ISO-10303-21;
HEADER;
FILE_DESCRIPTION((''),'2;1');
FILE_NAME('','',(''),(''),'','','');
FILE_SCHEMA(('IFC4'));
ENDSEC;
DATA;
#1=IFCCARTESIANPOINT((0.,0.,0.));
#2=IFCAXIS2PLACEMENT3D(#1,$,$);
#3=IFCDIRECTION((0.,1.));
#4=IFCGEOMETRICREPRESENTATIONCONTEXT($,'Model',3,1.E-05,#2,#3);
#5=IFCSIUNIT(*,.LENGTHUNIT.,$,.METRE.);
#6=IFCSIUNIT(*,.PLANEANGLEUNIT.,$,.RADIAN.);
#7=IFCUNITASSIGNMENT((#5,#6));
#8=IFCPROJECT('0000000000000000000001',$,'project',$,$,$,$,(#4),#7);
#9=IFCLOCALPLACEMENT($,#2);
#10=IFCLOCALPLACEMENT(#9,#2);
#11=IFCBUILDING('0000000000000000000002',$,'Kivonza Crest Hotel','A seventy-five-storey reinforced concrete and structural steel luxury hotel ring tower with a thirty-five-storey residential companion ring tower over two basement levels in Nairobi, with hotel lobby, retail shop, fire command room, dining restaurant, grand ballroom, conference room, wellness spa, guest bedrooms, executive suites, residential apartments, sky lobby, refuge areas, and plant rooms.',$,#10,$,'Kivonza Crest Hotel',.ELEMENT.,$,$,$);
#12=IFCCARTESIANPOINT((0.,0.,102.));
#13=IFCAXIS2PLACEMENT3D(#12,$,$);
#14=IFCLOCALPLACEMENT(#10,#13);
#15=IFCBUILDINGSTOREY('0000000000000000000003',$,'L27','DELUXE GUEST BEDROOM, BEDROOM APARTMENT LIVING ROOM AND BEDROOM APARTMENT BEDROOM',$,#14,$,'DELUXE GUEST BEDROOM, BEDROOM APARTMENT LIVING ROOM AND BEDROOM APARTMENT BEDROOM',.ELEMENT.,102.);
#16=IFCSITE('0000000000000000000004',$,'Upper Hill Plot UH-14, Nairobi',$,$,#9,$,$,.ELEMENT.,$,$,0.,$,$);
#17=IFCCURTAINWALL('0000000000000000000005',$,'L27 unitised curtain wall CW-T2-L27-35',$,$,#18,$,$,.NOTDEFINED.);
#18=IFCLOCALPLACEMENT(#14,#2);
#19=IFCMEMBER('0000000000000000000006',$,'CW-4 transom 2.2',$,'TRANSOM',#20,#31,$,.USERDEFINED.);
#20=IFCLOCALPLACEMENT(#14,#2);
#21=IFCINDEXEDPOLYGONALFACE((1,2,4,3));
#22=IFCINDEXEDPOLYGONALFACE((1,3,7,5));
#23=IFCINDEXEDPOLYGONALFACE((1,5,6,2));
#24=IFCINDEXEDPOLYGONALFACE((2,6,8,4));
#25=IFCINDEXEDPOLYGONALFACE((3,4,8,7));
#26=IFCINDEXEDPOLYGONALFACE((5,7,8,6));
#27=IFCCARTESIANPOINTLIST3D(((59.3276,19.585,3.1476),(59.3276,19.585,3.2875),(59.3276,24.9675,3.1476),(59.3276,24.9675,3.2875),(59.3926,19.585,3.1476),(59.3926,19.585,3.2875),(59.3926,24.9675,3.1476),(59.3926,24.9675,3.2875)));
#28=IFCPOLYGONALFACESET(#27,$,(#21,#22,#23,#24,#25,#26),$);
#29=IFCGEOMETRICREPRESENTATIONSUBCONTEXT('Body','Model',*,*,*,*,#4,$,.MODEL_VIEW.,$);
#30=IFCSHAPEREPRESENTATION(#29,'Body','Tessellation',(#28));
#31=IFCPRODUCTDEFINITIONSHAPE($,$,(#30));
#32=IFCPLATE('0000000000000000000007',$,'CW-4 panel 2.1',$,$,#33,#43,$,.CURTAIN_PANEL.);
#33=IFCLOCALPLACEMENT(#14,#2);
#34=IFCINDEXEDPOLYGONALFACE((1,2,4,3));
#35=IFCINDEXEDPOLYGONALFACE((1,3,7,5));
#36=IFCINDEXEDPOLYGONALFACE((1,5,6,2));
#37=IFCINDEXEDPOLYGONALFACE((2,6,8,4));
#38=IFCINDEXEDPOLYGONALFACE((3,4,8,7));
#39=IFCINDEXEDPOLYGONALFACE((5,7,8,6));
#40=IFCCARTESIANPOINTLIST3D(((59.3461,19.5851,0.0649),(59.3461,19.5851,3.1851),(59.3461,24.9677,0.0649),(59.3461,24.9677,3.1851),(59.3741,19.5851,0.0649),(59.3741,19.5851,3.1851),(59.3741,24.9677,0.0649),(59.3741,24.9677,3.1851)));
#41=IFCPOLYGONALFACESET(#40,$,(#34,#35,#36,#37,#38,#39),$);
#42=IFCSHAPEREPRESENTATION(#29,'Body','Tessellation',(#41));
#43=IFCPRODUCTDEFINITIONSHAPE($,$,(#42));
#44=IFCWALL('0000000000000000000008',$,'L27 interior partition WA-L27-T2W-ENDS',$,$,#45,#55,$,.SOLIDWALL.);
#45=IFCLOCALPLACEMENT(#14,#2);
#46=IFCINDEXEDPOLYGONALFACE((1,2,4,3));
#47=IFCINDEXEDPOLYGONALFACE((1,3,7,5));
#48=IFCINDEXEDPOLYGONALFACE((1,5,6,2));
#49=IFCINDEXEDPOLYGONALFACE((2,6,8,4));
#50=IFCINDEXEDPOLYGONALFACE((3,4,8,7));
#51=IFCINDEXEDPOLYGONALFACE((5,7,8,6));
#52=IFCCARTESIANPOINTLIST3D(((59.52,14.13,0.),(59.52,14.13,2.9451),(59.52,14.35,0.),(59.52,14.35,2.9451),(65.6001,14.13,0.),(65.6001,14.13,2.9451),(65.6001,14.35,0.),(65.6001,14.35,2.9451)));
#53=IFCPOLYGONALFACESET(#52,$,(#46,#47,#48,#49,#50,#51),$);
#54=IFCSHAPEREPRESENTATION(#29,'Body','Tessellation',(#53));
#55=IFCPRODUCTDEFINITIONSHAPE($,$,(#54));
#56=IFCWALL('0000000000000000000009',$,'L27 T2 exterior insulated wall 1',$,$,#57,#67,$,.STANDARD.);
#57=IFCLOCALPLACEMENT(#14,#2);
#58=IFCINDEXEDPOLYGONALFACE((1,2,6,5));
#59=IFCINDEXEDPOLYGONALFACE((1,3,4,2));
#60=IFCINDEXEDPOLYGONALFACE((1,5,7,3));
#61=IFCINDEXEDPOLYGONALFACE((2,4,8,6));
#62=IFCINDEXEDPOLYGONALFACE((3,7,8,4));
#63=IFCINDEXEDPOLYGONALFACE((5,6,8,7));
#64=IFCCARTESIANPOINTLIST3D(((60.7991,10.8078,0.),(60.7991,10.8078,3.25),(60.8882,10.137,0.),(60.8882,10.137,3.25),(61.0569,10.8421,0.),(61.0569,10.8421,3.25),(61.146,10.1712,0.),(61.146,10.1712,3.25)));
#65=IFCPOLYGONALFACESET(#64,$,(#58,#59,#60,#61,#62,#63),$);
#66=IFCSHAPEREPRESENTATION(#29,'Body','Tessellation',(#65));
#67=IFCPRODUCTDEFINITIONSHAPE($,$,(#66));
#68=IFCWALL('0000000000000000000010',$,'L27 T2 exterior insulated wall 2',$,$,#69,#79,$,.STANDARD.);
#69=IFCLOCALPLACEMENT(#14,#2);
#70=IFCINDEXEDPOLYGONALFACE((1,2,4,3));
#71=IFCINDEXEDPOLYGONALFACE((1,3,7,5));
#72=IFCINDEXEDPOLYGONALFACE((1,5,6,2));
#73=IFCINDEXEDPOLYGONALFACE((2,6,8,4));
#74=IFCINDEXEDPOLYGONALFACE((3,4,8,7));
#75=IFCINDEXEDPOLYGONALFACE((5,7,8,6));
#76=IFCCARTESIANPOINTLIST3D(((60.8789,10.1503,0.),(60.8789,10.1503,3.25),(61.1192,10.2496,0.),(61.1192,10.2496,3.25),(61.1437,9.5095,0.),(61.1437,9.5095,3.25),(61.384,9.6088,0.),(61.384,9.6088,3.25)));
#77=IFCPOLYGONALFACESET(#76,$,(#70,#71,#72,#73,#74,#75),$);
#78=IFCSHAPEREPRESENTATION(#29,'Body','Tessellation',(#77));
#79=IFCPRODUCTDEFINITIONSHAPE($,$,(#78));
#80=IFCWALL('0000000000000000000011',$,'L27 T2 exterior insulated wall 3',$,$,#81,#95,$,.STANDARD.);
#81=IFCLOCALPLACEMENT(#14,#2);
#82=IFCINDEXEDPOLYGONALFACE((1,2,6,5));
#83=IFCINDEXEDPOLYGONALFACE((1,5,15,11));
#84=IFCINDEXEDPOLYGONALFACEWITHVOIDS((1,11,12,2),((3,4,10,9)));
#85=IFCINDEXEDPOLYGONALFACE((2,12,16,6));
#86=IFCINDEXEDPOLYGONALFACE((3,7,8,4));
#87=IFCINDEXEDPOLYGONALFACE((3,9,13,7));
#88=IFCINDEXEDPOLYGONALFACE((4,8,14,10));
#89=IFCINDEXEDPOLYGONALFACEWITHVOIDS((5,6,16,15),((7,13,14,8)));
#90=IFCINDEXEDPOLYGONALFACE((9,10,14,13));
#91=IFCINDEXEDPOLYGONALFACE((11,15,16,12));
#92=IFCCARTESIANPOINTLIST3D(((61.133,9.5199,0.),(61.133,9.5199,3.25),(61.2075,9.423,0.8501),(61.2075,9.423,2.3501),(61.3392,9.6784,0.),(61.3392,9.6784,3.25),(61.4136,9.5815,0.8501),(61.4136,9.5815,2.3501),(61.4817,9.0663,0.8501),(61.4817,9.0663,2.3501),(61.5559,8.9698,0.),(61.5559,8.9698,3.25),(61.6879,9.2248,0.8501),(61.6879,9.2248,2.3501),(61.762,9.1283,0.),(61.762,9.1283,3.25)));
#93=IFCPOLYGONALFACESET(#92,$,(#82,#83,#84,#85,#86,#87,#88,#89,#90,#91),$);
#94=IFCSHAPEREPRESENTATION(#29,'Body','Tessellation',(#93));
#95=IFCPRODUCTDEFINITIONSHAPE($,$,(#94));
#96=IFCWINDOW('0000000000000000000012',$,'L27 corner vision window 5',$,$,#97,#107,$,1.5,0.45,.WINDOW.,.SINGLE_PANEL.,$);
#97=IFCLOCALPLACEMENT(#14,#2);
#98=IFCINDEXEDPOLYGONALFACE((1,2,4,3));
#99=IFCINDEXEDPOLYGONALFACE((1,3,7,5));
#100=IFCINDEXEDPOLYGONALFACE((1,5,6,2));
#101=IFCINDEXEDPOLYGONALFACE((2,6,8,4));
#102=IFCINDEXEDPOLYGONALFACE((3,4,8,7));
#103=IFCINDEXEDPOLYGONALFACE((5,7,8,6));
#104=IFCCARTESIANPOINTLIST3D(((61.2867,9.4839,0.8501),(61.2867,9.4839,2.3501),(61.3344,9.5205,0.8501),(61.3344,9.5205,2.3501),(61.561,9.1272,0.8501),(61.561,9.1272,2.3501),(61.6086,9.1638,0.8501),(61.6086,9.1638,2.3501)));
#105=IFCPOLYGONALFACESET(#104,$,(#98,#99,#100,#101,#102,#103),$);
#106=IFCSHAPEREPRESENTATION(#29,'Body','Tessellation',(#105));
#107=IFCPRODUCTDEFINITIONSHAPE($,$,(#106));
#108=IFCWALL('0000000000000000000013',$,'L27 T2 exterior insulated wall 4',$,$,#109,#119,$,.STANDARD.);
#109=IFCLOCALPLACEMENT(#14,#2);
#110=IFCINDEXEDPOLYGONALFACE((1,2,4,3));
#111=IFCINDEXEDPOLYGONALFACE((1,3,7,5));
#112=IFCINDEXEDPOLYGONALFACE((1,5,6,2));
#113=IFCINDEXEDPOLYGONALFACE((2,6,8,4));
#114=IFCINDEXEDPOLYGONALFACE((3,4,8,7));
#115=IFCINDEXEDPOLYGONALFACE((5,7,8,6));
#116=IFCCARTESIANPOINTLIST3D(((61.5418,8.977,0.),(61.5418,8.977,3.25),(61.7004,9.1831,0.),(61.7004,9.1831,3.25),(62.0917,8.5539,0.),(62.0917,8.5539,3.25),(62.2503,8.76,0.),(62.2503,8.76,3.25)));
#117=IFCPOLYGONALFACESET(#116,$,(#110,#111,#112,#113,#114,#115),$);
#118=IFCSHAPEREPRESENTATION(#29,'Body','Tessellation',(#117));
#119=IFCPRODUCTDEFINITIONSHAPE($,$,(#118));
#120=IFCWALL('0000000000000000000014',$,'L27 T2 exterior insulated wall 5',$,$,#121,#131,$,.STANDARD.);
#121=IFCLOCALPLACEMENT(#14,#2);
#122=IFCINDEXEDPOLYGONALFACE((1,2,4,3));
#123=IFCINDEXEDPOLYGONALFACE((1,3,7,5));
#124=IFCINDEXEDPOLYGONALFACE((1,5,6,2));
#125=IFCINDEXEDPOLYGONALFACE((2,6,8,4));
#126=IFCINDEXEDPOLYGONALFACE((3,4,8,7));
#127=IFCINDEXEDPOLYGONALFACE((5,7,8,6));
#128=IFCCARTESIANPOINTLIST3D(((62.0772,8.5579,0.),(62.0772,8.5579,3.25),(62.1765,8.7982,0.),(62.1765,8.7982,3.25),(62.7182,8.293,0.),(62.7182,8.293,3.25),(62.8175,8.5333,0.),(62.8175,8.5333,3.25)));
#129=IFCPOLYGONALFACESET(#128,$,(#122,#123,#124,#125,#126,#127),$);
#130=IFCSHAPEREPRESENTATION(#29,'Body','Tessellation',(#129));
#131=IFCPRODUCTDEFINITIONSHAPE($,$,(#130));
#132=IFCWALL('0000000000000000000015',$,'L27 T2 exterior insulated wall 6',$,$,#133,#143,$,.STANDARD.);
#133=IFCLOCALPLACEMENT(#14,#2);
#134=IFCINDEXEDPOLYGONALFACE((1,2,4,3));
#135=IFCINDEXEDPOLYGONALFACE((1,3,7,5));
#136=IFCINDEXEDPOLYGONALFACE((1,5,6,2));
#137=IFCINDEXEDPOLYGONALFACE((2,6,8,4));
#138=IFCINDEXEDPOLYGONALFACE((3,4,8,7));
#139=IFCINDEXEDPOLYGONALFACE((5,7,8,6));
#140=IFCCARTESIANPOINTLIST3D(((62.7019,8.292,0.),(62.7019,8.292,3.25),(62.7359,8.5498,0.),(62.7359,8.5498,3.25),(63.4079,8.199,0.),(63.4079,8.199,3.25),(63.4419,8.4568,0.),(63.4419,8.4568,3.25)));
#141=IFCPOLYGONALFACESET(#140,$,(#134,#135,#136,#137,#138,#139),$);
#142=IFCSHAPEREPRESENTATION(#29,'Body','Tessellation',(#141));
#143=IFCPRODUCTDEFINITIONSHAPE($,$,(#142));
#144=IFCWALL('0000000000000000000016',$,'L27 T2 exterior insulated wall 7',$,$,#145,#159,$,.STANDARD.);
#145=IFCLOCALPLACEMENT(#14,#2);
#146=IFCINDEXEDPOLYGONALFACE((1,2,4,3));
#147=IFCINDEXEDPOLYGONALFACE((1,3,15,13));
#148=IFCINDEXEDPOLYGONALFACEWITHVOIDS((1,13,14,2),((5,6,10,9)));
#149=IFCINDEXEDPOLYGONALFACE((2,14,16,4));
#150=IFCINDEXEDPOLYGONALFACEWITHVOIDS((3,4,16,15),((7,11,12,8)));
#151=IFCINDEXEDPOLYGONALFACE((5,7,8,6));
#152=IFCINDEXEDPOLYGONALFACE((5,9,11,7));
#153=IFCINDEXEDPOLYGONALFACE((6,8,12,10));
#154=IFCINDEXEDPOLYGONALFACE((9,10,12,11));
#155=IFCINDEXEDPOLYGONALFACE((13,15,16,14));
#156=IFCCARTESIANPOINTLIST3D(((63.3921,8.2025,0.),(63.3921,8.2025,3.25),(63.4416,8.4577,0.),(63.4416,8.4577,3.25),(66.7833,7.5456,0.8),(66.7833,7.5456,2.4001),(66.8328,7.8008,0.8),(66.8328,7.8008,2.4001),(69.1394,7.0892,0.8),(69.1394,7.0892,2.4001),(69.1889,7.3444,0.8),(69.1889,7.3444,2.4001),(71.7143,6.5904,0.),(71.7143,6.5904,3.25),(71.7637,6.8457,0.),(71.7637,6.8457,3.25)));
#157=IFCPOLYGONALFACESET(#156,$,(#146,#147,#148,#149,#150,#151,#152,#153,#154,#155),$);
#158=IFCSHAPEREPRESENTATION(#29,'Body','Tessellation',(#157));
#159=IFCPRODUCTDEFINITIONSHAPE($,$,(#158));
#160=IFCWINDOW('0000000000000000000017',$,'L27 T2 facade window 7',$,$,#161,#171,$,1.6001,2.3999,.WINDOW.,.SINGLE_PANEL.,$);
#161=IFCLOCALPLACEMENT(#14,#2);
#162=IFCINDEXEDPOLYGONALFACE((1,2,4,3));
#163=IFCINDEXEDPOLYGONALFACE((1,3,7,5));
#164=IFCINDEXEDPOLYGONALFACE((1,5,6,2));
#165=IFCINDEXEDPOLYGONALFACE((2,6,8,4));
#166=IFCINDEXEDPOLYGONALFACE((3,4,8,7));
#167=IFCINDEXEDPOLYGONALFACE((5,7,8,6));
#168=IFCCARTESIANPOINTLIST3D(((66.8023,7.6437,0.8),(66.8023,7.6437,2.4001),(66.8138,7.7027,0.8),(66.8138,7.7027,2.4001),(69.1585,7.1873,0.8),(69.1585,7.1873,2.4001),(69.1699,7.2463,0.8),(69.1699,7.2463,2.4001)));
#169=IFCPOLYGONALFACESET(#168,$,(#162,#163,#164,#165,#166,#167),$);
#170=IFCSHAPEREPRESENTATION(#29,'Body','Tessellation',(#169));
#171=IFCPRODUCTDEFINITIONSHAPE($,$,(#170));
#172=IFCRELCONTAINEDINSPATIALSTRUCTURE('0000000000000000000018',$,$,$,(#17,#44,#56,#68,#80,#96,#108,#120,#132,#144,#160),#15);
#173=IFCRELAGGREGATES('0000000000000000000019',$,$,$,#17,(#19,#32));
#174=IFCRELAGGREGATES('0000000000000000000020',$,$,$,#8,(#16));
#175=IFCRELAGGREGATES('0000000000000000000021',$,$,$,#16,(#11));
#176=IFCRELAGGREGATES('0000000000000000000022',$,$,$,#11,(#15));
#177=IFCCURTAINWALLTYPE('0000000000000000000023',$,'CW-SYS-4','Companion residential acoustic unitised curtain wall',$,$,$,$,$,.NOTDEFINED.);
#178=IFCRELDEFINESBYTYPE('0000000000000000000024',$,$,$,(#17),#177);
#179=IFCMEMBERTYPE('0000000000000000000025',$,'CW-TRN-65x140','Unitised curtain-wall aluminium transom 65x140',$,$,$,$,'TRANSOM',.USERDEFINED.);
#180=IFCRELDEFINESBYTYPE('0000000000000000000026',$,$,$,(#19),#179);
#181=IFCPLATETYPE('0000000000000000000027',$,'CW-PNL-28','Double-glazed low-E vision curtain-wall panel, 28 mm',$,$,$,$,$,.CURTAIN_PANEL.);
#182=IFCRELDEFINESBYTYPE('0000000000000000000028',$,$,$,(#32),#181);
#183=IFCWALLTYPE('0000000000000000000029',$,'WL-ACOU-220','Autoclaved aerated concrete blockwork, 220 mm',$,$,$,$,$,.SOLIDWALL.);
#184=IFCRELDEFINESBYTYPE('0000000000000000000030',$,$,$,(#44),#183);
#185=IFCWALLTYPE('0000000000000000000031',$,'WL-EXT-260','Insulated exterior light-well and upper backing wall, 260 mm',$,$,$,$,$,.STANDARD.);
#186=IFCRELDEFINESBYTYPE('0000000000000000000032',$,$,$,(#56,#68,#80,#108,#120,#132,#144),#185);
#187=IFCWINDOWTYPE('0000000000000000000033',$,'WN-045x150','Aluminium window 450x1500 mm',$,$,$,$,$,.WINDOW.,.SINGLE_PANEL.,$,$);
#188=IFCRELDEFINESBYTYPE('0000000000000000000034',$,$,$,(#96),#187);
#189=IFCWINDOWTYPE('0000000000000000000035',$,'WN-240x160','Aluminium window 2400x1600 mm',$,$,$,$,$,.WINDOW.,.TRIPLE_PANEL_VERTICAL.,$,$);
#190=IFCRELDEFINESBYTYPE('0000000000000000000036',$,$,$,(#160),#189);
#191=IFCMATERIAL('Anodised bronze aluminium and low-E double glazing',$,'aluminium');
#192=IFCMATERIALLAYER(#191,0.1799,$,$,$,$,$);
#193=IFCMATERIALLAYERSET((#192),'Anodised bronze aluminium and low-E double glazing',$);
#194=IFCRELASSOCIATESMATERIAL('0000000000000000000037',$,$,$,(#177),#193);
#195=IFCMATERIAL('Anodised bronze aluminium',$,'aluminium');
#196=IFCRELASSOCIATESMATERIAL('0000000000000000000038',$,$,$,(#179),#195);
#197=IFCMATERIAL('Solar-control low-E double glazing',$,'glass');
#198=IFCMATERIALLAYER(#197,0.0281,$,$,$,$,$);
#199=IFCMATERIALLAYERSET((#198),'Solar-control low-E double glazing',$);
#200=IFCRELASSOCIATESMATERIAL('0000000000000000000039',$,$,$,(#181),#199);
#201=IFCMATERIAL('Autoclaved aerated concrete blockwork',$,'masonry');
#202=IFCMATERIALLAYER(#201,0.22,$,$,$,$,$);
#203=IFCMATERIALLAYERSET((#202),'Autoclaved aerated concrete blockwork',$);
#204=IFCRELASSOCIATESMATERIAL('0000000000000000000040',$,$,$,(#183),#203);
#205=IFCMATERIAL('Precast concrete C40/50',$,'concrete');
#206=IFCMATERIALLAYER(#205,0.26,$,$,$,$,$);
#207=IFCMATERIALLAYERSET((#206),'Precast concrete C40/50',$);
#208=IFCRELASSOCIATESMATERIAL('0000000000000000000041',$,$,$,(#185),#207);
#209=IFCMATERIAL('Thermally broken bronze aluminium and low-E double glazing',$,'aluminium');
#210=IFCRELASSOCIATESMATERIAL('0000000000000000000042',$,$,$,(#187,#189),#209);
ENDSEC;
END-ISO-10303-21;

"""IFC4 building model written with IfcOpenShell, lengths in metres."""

from ifc_helpers import new_model, si_unit, direction, frame, frame_2d, origin, origin_2d, place, context, subcontext, project, spatial, rectangle, extrude, material, layer, layer_set, material_profile, profile_set, type_object, element, fill, aggregate, save


model = new_model("IFC4")

# Units and contexts
model_context = context("Model", 3, precision=1e-05, world=origin(), true_north=direction((0.0, 1.0)))
body_context = subcontext(model_context, "Body", "Model", "MODEL_VIEW")
ifc_project = project(units=[si_unit("LENGTHUNIT", "METRE"), si_unit("PLANEANGLEUNIT", "RADIAN")], contexts=[model_context])

# Site, building, storey
site_placement = place(None, origin())
site = spatial("IfcSite", under=ifc_project, at=site_placement, Name="Upper Hill Plot UH-14, Nairobi", CompositionType="ELEMENT", RefElevation=0.0)
building_placement = place(site_placement, origin())
building = spatial("IfcBuilding", under=site, at=building_placement, Name="Kivonza Crest Hotel", Description="A seventy-five-storey reinforced concrete and structural steel luxury hotel ring tower with a thirty-five-storey residential companion ring tower over two basement levels in Nairobi, with hotel lobby, retail shop, fire command room, dining restaurant, grand ballroom, conference room, wellness spa, guest bedrooms, executive suites, residential apartments, sky lobby, refuge areas, and plant rooms.", LongName="Kivonza Crest Hotel", CompositionType="ELEMENT")
storey_placement = place(building_placement, frame((0.0, 0.0, 102.0)))
storey = spatial("IfcBuildingStorey", under=building, at=storey_placement, Name="L27", Description="DELUXE GUEST BEDROOM, BEDROOM APARTMENT LIVING ROOM AND BEDROOM APARTMENT BEDROOM", LongName="DELUXE GUEST BEDROOM, BEDROOM APARTMENT LIVING ROOM AND BEDROOM APARTMENT BEDROOM", CompositionType="ELEMENT", Elevation=102.0)

# Curtain wall, member, plate
ifc_material_1 = material(Name="Anodised bronze aluminium and low-E double glazing", Category="aluminium")
ifc_layer_1 = layer(ifc_material_1, 0.1799)
ifc_layer_set_1 = layer_set([ifc_layer_1], Name="Anodised bronze aluminium and low-E double glazing")
curtain_wall_type = type_object("IfcCurtainWallType", Name="CW-SYS-4", Description="Companion residential acoustic unitised curtain wall", PredefinedType="NOTDEFINED", material=ifc_layer_set_1)
curtain_wall_placement = place(storey_placement, origin())
curtain_wall = element("IfcCurtainWall", 1, at=curtain_wall_placement, inside=storey, type_object=curtain_wall_type, Name="L27 unitised curtain wall CW-T2-L27-35", PredefinedType="NOTDEFINED")
ifc_material_2 = material(Name="Anodised bronze aluminium", Category="aluminium")
ifc_material_profile_1 = material_profile(ifc_material_2, rectangle(XDim=0.0649, YDim=0.1399, at=origin_2d()), Name="CW-T 65x140")
ifc_profile_set_1 = profile_set([ifc_material_profile_1], Name="Anodised bronze aluminium")
member_type = type_object("IfcMemberType", Name="CW-TRN-65x140", Description="Unitised curtain-wall aluminium transom 65x140", ElementType="TRANSOM", PredefinedType="USERDEFINED", material=ifc_profile_set_1)
member_1_placement = place(storey_placement, frame((59.3601, 24.9675, 3.2175), z_axis=(0.0, -1.0, 0.0), x_axis=(1.0, 0.0, 0.0)))
member_1 = element("IfcMember", 2, at=member_1_placement, type_object=member_type, Name="CW-4 transom 2.2", ObjectType="TRANSOM", PredefinedType="USERDEFINED", context=body_context, shape_type="SweptSolid", body=[
    extrude(rectangle(XDim=0.0649, YDim=0.1399, at=origin_2d()), origin(), (0.0, 0.0, 1.0), 5.3826),
])
ifc_material_3 = material(Name="Solar-control low-E double glazing", Category="glass")
ifc_layer_2 = layer(ifc_material_3, 0.0281)
ifc_layer_set_2 = layer_set([ifc_layer_2], Name="Solar-control low-E double glazing")
plate_type = type_object("IfcPlateType", Name="CW-PNL-28", Description="Double-glazed low-E vision curtain-wall panel, 28 mm", PredefinedType="CURTAIN_PANEL", material=ifc_layer_set_2)
plate_placement = place(storey_placement, frame((59.3601, 22.2764, 0.0649), z_axis=(0.0, 0.0, 1.0), x_axis=(0.0, -1.0, 0.0)))
plate = element("IfcPlate", 3, at=plate_placement, type_object=plate_type, Name="CW-4 panel 2.1", PredefinedType="CURTAIN_PANEL", context=body_context, shape_type="SweptSolid", body=[
    extrude(rectangle(XDim=5.3826, YDim=0.0281, at=origin_2d()), origin(), (0.0, 0.0, 1.0), 3.1201),
])
aggregate(curtain_wall, [member_1, plate])

# Walls
ifc_material_4 = material(Name="Autoclaved aerated concrete blockwork", Category="masonry")
ifc_layer_3 = layer(ifc_material_4, 0.22)
ifc_layer_set_3 = layer_set([ifc_layer_3], Name="Autoclaved aerated concrete blockwork")
wall_type_1 = type_object("IfcWallType", Name="WL-ACOU-220", Description="Autoclaved aerated concrete blockwork, 220 mm", PredefinedType="SOLIDWALL", material=ifc_layer_set_3)
wall_1_placement = place(storey_placement, frame((59.52, 14.24, 0.0), z_axis=(0.0, 0.0, 1.0), x_axis=(1.0, 0.0, 0.0)))
element("IfcWall", 4, at=wall_1_placement, inside=storey, type_object=wall_type_1, Name="L27 interior partition WA-L27-T2W-ENDS", PredefinedType="SOLIDWALL", context=body_context, shape_type="SweptSolid", body=[
    extrude(rectangle(XDim=6.0801, YDim=0.22, at=frame_2d((3.04, 0.0))), origin(), (0.0, 0.0, 1.0), 2.9451),
])
ifc_material_5 = material(Name="Precast concrete C40/50", Category="concrete")
ifc_layer_4 = layer(ifc_material_5, 0.26)
ifc_layer_set_4 = layer_set([ifc_layer_4], Name="Precast concrete C40/50")
wall_type_2 = type_object("IfcWallType", Name="WL-EXT-260", Description="Insulated exterior light-well and upper backing wall, 260 mm", PredefinedType="STANDARD", material=ifc_layer_set_4)
wall_2_placement = place(storey_placement, frame((60.928, 10.825, 0.0), z_axis=(0.0, 0.0, 1.0), x_axis=(0.131667, -0.991294, 0.0)))
element("IfcWall", 5, at=wall_2_placement, inside=storey, type_object=wall_type_2, Name="L27 T2 exterior insulated wall 1", PredefinedType="STANDARD", context=body_context, shape_type="SweptSolid", body=[
    extrude(rectangle(XDim=0.6768, YDim=0.26, at=frame_2d((0.3384, 0.0))), origin(), (0.0, 0.0, 1.0), 3.25),
])
wall_3_placement = place(storey_placement, frame((60.999, 10.2, 0.0), z_axis=(0.0, 0.0, 1.0), x_axis=(0.381989, -0.924167, 0.0)))
element("IfcWall", 6, at=wall_3_placement, inside=storey, type_object=wall_type_2, Name="L27 T2 exterior insulated wall 2", PredefinedType="STANDARD", context=body_context, shape_type="SweptSolid", body=[
    extrude(rectangle(XDim=0.6934, YDim=0.26, at=frame_2d((0.3467, 0.0))), origin(), (0.0, 0.0, 1.0), 3.25),
])

# Wall, opening, window
wall_4_placement = place(storey_placement, frame((61.2361, 9.5991, 0.0), z_axis=(0.0, 0.0, 1.0), x_axis=(0.609473, -0.792807, 0.0)))
wall_4 = element("IfcWall", 7, at=wall_4_placement, inside=storey, type_object=wall_type_2, Name="L27 T2 exterior insulated wall 3", PredefinedType="STANDARD", context=body_context, shape_type="SweptSolid", body=[
    extrude(rectangle(XDim=0.6938, YDim=0.26, at=frame_2d((0.3469, 0.0))), origin(), (0.0, 0.0, 1.0), 3.25),
])
opening_1_placement = place(wall_4_placement, frame((0.1221, 0.0, 0.8501)))
opening_1 = element("IfcOpeningElement", 8, at=opening_1_placement, cuts=wall_4, PredefinedType="OPENING", context=body_context, shape_type="SweptSolid", body=[
    extrude(rectangle(XDim=0.45, YDim=1.5, at=frame_2d((0.2251, 0.75))), frame((0.0, 0.1401, 0.0), z_axis=(0.0, -1.0, 0.0), x_axis=(1.0, 0.0, 0.0)), (0.0, 0.0, 1.0), 0.28),
])
ifc_material_6 = material(Name="Thermally broken bronze aluminium and low-E double glazing", Category="aluminium")
window_type_1 = type_object("IfcWindowType", Name="WN-045x150", Description="Aluminium window 450x1500 mm", PartitioningType="SINGLE_PANEL", PredefinedType="WINDOW", material=ifc_material_6)
window_1_placement = place(opening_1_placement, origin())
window_1 = element("IfcWindow", 9, at=window_1_placement, inside=storey, type_object=window_type_1, Name="L27 corner vision window 5", OverallHeight=1.5, OverallWidth=0.45, PartitioningType="SINGLE_PANEL", PredefinedType="WINDOW", context=body_context, shape_type="SweptSolid", body=[
    extrude(rectangle(XDim=0.45, YDim=1.5, at=frame_2d((0.2251, 0.75))), frame((0.0, 0.03, 0.0), z_axis=(0.0, -1.0, 0.0), x_axis=(1.0, 0.0, 0.0)), (0.0, 0.0, 1.0), 0.0601),
])
fill(opening_1, window_1)

# Walls
wall_5_placement = place(storey_placement, frame((61.6211, 9.0801, 0.0), z_axis=(0.0, 0.0, 1.0), x_axis=(0.792506, -0.609864, 0.0)))
element("IfcWall", 10, at=wall_5_placement, inside=storey, type_object=wall_type_2, Name="L27 T2 exterior insulated wall 4", PredefinedType="STANDARD", context=body_context, shape_type="SweptSolid", body=[
    extrude(rectangle(XDim=0.6938, YDim=0.26, at=frame_2d((0.3469, 0.0))), origin(), (0.0, 0.0, 1.0), 3.25),
])
wall_6_placement = place(storey_placement, frame((62.127, 8.678, 0.0), z_axis=(0.0, 0.0, 1.0), x_axis=(0.924218, -0.381865, 0.0)))
element("IfcWall", 11, at=wall_6_placement, inside=storey, type_object=wall_type_2, Name="L27 T2 exterior insulated wall 5", PredefinedType="STANDARD", context=body_context, shape_type="SweptSolid", body=[
    extrude(rectangle(XDim=0.6936, YDim=0.26, at=frame_2d((0.3467, 0.0))), origin(), (0.0, 0.0, 1.0), 3.25),
])
wall_7_placement = place(storey_placement, frame((62.719, 8.4209, 0.0), z_axis=(0.0, 0.0, 1.0), x_axis=(0.991433, -0.130614, 0.0)))
element("IfcWall", 12, at=wall_7_placement, inside=storey, type_object=wall_type_2, Name="L27 T2 exterior insulated wall 6", PredefinedType="STANDARD", context=body_context, shape_type="SweptSolid", body=[
    extrude(rectangle(XDim=0.7122, YDim=0.26, at=frame_2d((0.356, 0.0))), origin(), (0.0, 0.0, 1.0), 3.25),
])

# Wall, opening, window
wall_8_placement = place(storey_placement, frame((63.417, 8.3301, 0.0), z_axis=(0.0, 0.0, 1.0), x_axis=(0.98175, -0.190175, 0.0)))
wall_8 = element("IfcWall", 13, at=wall_8_placement, inside=storey, type_object=wall_type_2, Name="L27 T2 exterior insulated wall 7", PredefinedType="STANDARD", context=body_context, shape_type="SweptSolid", body=[
    extrude(rectangle(XDim=8.4768, YDim=0.26, at=frame_2d((4.2383, 0.0))), origin(), (0.0, 0.0, 1.0), 3.25),
])
opening_2_placement = place(wall_8_placement, frame((3.4541, 0.0, 0.8)))
opening_2 = element("IfcOpeningElement", 14, at=opening_2_placement, cuts=wall_8, PredefinedType="OPENING", context=body_context, shape_type="SweptSolid", body=[
    extrude(rectangle(XDim=2.3999, YDim=1.6001, at=frame_2d((1.2, 0.8))), frame((0.0, 0.1401, 0.0), z_axis=(0.0, -1.0, 0.0), x_axis=(1.0, 0.0, 0.0)), (0.0, 0.0, 1.0), 0.28),
])
window_type_2 = type_object("IfcWindowType", Name="WN-240x160", Description="Aluminium window 2400x1600 mm", PartitioningType="TRIPLE_PANEL_VERTICAL", PredefinedType="WINDOW", material=ifc_material_6)
window_2_placement = place(opening_2_placement, origin())
window_2 = element("IfcWindow", 15, at=window_2_placement, inside=storey, type_object=window_type_2, Name="L27 T2 facade window 7", OverallHeight=1.6001, OverallWidth=2.3999, PartitioningType="SINGLE_PANEL", PredefinedType="WINDOW", context=body_context, shape_type="SweptSolid", body=[
    extrude(rectangle(XDim=2.3999, YDim=1.6001, at=frame_2d((1.2, 0.8))), frame((0.0, 0.03, 0.0), z_axis=(0.0, -1.0, 0.0), x_axis=(1.0, 0.0, 0.0)), (0.0, 0.0, 1.0), 0.0601),
])
fill(opening_2, window_2)

save(model, "model.ifc")
